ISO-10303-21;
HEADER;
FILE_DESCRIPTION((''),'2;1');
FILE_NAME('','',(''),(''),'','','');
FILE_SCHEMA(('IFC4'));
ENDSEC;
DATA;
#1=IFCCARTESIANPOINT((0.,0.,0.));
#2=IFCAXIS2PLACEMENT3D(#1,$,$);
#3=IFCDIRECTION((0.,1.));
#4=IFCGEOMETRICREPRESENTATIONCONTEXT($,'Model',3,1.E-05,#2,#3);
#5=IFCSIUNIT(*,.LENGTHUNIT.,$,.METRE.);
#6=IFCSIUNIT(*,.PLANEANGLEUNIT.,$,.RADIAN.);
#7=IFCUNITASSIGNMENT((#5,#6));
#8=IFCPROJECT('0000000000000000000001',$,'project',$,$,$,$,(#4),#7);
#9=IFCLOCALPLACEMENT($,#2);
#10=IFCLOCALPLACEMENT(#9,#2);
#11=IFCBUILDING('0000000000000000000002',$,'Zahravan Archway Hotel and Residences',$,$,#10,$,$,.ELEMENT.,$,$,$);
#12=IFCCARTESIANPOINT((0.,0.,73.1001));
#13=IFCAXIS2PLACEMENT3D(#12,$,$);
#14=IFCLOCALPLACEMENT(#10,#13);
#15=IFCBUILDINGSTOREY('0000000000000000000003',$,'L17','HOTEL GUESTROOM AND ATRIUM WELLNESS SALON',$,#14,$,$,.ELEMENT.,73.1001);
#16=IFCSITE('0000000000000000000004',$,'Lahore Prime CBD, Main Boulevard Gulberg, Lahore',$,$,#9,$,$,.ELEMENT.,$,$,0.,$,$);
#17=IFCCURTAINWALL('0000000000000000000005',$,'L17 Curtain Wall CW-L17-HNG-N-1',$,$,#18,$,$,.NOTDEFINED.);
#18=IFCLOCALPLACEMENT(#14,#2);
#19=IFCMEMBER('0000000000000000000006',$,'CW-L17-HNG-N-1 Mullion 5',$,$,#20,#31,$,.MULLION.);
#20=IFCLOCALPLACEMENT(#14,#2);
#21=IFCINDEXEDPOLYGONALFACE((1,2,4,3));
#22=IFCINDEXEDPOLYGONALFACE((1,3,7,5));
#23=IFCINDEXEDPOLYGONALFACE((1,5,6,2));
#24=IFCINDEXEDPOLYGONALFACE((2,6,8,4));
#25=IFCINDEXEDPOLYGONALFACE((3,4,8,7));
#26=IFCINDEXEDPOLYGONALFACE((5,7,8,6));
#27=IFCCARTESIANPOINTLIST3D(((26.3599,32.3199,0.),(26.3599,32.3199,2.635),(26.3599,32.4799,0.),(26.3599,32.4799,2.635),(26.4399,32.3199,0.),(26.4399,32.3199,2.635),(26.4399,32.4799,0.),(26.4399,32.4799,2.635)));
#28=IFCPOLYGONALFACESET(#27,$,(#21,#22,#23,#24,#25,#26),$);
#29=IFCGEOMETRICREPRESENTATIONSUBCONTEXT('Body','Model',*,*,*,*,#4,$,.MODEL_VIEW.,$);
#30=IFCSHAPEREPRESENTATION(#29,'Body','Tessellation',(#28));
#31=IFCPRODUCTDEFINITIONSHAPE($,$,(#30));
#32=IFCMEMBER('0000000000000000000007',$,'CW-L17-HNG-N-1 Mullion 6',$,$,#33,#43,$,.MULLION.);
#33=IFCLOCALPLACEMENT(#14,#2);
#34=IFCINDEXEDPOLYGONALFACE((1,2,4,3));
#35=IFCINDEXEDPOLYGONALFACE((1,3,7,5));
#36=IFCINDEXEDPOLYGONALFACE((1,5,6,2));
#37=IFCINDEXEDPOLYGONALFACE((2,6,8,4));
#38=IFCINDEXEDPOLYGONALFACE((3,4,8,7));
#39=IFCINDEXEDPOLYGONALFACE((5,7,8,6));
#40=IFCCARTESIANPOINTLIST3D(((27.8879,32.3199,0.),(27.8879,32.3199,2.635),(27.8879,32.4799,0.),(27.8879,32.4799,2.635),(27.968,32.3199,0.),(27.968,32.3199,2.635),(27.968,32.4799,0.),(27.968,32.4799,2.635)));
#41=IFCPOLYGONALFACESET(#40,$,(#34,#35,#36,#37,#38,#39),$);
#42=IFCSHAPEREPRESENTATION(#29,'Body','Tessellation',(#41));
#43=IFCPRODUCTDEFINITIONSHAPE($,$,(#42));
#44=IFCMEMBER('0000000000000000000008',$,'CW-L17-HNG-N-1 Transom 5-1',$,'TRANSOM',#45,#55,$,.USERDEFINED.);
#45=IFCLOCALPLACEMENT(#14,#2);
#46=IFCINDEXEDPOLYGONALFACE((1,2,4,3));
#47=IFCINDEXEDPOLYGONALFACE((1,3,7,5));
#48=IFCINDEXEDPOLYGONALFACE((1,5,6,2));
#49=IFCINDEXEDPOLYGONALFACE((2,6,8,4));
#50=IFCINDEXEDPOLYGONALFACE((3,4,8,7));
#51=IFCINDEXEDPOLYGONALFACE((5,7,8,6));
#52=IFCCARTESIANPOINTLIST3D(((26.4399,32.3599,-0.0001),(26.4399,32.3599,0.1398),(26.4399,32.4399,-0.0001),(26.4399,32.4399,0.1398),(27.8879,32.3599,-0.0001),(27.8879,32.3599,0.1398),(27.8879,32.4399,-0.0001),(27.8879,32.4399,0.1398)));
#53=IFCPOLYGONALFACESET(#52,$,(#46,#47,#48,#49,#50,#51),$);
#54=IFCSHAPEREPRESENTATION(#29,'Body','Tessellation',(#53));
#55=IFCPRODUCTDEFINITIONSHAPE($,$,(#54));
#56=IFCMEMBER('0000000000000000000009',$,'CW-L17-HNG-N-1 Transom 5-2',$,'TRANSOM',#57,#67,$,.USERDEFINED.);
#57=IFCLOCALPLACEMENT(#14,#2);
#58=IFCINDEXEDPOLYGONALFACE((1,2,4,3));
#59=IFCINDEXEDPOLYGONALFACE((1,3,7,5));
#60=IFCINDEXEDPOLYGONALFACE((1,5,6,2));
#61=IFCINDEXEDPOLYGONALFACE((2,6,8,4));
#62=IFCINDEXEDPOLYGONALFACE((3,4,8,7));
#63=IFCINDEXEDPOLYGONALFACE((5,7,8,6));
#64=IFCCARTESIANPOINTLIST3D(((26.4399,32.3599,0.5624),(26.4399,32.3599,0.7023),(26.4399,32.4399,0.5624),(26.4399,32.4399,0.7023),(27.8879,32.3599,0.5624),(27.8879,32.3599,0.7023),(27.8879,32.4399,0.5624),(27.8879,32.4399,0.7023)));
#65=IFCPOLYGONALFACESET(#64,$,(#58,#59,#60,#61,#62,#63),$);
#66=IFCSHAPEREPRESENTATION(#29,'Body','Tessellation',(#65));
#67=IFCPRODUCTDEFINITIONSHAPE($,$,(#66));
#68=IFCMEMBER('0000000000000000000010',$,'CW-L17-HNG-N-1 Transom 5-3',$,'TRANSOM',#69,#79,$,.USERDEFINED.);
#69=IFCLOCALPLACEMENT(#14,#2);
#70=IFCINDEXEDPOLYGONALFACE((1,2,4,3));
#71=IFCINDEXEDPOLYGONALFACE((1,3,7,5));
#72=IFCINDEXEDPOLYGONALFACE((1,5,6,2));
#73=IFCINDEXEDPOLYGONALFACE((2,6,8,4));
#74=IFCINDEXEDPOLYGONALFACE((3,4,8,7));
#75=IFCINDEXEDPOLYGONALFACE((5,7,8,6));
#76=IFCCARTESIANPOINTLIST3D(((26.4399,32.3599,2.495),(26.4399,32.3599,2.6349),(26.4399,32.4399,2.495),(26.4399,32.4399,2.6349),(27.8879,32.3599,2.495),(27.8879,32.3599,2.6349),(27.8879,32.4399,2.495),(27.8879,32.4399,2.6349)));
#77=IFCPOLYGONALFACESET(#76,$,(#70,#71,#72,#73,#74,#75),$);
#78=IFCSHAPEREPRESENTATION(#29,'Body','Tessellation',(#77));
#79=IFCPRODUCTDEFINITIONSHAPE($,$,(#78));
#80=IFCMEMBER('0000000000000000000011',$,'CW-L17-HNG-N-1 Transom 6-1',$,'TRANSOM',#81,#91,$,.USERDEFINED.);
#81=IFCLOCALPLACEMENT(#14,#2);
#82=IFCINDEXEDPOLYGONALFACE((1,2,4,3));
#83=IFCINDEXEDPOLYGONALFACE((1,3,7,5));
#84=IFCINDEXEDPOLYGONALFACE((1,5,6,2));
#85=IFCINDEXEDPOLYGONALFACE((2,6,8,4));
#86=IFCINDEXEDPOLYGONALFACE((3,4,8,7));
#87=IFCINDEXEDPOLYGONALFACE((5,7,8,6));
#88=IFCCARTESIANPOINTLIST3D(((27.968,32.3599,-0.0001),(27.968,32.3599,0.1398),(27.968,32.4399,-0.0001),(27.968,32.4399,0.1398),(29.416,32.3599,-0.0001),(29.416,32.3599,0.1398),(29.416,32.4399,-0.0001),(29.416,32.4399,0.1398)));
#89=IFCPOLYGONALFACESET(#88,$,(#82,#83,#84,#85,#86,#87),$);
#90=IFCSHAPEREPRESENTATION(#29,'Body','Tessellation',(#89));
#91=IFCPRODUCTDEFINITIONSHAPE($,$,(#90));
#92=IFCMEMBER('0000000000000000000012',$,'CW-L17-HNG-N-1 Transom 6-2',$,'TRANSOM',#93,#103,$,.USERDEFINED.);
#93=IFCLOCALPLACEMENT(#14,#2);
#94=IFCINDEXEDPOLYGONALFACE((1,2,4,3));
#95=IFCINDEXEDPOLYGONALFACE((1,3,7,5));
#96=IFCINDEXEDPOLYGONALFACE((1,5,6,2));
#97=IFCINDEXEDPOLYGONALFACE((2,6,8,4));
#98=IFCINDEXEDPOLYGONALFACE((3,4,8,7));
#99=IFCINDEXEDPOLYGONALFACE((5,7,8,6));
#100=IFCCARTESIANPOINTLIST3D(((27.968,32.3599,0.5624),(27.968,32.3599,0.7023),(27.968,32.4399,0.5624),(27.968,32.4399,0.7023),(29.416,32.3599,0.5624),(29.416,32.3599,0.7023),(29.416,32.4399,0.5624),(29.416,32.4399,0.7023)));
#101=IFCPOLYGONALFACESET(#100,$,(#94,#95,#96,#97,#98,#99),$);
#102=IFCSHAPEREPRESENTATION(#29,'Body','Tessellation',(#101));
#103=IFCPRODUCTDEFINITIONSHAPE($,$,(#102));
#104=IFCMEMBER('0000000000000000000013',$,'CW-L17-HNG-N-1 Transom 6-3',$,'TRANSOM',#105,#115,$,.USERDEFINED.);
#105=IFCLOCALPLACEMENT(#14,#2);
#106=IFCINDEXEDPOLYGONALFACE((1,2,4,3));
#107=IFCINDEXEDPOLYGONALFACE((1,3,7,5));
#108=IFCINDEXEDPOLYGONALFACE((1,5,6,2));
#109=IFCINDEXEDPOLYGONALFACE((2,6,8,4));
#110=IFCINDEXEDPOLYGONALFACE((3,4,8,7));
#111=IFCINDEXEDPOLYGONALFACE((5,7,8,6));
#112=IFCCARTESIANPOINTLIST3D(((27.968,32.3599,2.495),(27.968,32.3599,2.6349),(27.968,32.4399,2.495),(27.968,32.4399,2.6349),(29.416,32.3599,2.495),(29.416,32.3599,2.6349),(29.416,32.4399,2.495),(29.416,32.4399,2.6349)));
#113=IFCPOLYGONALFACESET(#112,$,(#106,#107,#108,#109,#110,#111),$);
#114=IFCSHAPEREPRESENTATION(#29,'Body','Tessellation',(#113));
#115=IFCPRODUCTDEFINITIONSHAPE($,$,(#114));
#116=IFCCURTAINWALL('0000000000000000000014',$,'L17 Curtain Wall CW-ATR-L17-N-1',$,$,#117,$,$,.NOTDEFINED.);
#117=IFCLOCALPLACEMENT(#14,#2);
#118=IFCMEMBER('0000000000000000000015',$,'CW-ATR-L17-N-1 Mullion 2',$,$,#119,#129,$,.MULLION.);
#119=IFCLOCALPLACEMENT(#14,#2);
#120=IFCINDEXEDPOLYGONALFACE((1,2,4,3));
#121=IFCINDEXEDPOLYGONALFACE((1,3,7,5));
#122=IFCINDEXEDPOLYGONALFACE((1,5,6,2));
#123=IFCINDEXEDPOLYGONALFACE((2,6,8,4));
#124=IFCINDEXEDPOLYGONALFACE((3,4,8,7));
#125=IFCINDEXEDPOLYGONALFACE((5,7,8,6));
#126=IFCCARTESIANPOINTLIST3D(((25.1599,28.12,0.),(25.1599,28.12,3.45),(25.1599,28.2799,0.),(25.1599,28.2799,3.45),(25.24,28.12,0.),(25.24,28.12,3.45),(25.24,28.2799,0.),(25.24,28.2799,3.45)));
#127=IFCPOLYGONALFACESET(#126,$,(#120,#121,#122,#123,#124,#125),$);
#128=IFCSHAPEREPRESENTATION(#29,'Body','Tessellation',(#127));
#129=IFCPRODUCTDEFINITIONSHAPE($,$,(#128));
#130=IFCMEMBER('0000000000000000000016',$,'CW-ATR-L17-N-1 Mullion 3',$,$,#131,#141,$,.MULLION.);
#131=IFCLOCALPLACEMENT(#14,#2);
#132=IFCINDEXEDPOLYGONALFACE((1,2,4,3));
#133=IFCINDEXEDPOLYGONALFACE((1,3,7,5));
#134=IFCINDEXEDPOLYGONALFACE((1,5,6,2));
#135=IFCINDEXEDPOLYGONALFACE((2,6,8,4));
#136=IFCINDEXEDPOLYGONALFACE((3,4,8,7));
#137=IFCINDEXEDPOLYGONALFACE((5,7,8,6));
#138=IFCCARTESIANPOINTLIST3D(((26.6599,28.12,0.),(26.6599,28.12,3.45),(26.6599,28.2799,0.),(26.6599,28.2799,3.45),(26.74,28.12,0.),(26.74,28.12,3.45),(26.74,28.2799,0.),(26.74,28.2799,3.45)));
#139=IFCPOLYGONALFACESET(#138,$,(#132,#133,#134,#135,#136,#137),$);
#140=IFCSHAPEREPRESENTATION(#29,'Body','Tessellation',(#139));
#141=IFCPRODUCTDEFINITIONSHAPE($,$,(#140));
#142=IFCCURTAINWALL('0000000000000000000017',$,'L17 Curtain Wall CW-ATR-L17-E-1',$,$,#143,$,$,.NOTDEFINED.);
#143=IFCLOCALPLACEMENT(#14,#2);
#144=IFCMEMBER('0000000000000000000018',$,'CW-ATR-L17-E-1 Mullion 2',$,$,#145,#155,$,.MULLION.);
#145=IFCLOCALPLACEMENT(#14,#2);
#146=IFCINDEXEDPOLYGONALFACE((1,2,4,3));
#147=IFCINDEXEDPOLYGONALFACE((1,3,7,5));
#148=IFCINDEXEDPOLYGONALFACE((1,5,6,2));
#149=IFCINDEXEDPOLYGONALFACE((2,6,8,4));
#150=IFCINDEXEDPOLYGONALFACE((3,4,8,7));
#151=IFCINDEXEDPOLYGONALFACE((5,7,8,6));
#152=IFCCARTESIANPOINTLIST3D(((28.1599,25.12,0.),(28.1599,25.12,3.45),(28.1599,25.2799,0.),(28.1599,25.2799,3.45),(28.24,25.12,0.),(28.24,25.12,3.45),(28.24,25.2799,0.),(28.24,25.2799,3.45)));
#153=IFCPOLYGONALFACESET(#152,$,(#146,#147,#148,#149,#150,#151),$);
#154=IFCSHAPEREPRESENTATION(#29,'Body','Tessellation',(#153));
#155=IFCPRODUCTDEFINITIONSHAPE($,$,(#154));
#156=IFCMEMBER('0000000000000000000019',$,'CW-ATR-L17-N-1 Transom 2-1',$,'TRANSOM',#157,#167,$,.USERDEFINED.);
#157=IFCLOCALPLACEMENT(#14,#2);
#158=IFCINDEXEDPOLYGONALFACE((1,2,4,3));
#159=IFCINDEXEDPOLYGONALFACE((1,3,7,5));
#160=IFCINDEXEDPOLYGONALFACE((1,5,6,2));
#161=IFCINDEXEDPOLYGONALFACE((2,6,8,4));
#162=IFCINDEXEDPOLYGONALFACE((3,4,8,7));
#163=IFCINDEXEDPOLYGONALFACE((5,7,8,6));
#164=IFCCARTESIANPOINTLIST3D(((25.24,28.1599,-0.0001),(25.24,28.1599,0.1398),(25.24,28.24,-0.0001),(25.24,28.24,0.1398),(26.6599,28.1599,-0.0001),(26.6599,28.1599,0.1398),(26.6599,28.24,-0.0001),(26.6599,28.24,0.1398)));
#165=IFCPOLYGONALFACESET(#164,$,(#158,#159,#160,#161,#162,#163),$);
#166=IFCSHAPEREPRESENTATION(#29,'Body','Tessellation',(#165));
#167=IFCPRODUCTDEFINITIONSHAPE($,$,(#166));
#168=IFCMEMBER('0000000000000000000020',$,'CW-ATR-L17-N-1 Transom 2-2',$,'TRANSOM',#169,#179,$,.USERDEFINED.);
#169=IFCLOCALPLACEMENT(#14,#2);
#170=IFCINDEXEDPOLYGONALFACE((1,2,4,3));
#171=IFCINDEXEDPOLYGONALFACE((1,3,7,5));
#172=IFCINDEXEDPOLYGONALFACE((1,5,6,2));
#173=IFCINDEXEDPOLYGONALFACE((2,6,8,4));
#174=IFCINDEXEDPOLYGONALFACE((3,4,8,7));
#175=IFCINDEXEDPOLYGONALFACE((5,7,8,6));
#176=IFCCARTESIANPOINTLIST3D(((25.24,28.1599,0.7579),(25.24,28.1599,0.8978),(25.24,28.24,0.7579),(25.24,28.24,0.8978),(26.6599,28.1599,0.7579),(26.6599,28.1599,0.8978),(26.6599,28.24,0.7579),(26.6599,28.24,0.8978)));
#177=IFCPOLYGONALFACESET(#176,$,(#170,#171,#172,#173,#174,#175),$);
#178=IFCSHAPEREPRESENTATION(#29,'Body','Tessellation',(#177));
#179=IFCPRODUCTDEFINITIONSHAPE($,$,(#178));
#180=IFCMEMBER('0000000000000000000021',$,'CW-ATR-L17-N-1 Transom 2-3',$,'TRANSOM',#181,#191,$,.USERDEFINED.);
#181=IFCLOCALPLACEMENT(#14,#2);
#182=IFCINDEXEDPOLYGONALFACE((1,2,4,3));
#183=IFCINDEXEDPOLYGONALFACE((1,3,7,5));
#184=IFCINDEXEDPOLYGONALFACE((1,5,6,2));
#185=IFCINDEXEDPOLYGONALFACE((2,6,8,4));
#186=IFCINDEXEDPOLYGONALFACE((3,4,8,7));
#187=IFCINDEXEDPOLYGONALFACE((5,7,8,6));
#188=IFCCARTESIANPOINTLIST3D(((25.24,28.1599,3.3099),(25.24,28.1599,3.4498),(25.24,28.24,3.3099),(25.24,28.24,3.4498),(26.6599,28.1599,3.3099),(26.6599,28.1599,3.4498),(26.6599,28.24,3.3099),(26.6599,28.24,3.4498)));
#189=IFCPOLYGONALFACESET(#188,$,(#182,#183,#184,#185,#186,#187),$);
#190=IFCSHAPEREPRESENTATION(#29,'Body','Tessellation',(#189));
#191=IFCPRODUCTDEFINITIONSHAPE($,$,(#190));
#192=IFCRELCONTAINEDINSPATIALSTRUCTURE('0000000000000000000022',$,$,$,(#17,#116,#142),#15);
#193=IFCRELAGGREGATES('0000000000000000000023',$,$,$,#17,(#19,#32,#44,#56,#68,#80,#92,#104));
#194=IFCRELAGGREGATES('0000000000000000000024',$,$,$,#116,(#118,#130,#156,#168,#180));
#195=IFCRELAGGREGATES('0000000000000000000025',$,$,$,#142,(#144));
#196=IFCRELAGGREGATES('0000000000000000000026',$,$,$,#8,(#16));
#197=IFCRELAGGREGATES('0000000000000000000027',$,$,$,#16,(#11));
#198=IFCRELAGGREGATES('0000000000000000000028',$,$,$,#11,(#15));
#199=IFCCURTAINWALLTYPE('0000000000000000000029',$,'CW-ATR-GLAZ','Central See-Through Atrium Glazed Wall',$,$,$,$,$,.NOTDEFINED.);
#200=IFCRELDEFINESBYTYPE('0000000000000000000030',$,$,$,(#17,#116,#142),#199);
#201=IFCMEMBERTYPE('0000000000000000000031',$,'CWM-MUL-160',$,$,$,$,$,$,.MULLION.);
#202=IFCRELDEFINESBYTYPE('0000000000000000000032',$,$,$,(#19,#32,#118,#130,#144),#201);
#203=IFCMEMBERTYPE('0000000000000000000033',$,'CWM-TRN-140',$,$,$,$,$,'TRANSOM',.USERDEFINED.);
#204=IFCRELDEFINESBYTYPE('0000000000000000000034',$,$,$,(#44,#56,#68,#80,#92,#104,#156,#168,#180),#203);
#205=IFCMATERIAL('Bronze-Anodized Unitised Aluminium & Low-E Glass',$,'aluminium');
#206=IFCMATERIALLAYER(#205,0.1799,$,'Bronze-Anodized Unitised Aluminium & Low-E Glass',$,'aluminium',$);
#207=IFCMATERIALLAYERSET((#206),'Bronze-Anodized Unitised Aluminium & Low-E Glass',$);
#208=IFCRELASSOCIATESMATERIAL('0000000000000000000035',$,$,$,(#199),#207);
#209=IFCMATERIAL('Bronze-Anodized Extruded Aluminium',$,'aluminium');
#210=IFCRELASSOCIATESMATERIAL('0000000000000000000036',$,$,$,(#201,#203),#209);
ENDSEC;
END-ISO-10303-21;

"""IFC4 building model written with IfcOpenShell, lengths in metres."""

from ifc_helpers import new_model, si_unit, direction, frame, origin, origin_2d, place, context, subcontext, project, spatial, rectangle, extrude, source, transform, mapped, material, layer, layer_set, material_profile, profile_set, type_object, element, aggregate, save


model = new_model("IFC4")

# Units and contexts
model_context = context("Model", 3, precision=1e-05, world=origin(), true_north=direction((0.0, 1.0)))
body_context = subcontext(model_context, "Body", "Model", "MODEL_VIEW")
ifc_project = project(units=[si_unit("LENGTHUNIT", "METRE"), si_unit("PLANEANGLEUNIT", "RADIAN")], contexts=[model_context])

# Site, building, storey
site_placement = place(None, origin())
site = spatial("IfcSite", under=ifc_project, at=site_placement, Name="Lahore Prime CBD, Main Boulevard Gulberg, Lahore", CompositionType="ELEMENT", RefElevation=0.0)
building_placement = place(site_placement, origin())
building = spatial("IfcBuilding", under=site, at=building_placement, Name="Zahravan Archway Hotel and Residences", CompositionType="ELEMENT")
storey_placement = place(building_placement, frame((0.0, 0.0, 73.1001)))
storey = spatial("IfcBuildingStorey", under=building, at=storey_placement, Name="L17", Description="HOTEL GUESTROOM AND ATRIUM WELLNESS SALON", CompositionType="ELEMENT", Elevation=73.1001)

# Curtain walls, members
ifc_material_1 = material(Name="Bronze-Anodized Unitised Aluminium & Low-E Glass", Category="aluminium")
ifc_layer_1 = layer(ifc_material_1, 0.1799, Name="Bronze-Anodized Unitised Aluminium & Low-E Glass", Category="aluminium")
ifc_layer_set_1 = layer_set([ifc_layer_1], Name="Bronze-Anodized Unitised Aluminium & Low-E Glass")
curtain_wall_type = type_object("IfcCurtainWallType", Name="CW-ATR-GLAZ", Description="Central See-Through Atrium Glazed Wall", PredefinedType="NOTDEFINED", material=ifc_layer_set_1)
curtain_wall_1_placement = place(storey_placement, origin())
curtain_wall_1 = element("IfcCurtainWall", 1, at=curtain_wall_1_placement, inside=storey, type_object=curtain_wall_type, Name="L17 Curtain Wall CW-L17-HNG-N-1", PredefinedType="NOTDEFINED")
ifc_material_2 = material(Name="Bronze-Anodized Extruded Aluminium", Category="aluminium")
ifc_material_profile_1 = material_profile(ifc_material_2, rectangle(XDim=0.0801, YDim=0.1599, at=origin_2d()), Name="MUL 80x160", Category="aluminium")
ifc_profile_set_1 = profile_set([ifc_material_profile_1], Name="Bronze-Anodized Extruded Aluminium")
member_type_1 = type_object("IfcMemberType", Name="CWM-MUL-160", PredefinedType="MULLION", material=ifc_profile_set_1)
shared_shape_1 = source(origin(), body_context, "Body", "SweptSolid", [
    extrude(rectangle(XDim=0.0801, YDim=0.1599, at=origin_2d()), origin(), (0.0, 0.0, 1.0), 2.635),
])
member_1_placement = place(storey_placement, frame((26.3999, 32.3999, 0.0), z_axis=(0.0, 0.0, 1.0), x_axis=(1.0, 0.0, 0.0)))
member_1 = element("IfcMember", 2, at=member_1_placement, type_object=member_type_1, Name="CW-L17-HNG-N-1 Mullion 5", PredefinedType="MULLION", context=body_context, shape_type="MappedRepresentation", body=[
    mapped(shared_shape_1, transform((0.0, 0.0, 0.0), scale=1.0)),
])
member_2_placement = place(storey_placement, frame((27.928, 32.3999, 0.0), z_axis=(0.0, 0.0, 1.0), x_axis=(1.0, 0.0, 0.0)))
member_2 = element("IfcMember", 3, at=member_2_placement, type_object=member_type_1, Name="CW-L17-HNG-N-1 Mullion 6", PredefinedType="MULLION", context=body_context, shape_type="MappedRepresentation", body=[
    mapped(shared_shape_1, transform((0.0, 0.0, 0.0), scale=1.0)),
])
ifc_material_profile_2 = material_profile(ifc_material_2, rectangle(XDim=0.0801, YDim=0.1399, at=origin_2d()), Name="TRN 80x140", Category="aluminium")
ifc_profile_set_2 = profile_set([ifc_material_profile_2], Name="Bronze-Anodized Extruded Aluminium")
member_type_2 = type_object("IfcMemberType", Name="CWM-TRN-140", ElementType="TRANSOM", PredefinedType="USERDEFINED", material=ifc_profile_set_2)
shared_shape_2 = source(origin(), body_context, "Body", "SweptSolid", [
    extrude(rectangle(XDim=0.0801, YDim=0.1399, at=origin_2d()), origin(), (0.0, 0.0, 1.0), 1.448),
])
member_3_placement = place(storey_placement, frame((26.4399, 32.3999, 0.0698), z_axis=(1.0, 0.0, 0.0), x_axis=(0.0, 1.0, 0.0)))
member_3 = element("IfcMember", 4, at=member_3_placement, type_object=member_type_2, Name="CW-L17-HNG-N-1 Transom 5-1", ObjectType="TRANSOM", PredefinedType="USERDEFINED", context=body_context, shape_type="MappedRepresentation", body=[
    mapped(shared_shape_2, transform((0.0, 0.0, 0.0), scale=1.0)),
])
member_4_placement = place(storey_placement, frame((26.4399, 32.3999, 0.6323), z_axis=(1.0, 0.0, 0.0), x_axis=(0.0, 1.0, 0.0)))
member_4 = element("IfcMember", 5, at=member_4_placement, type_object=member_type_2, Name="CW-L17-HNG-N-1 Transom 5-2", ObjectType="TRANSOM", PredefinedType="USERDEFINED", context=body_context, shape_type="MappedRepresentation", body=[
    mapped(shared_shape_2, transform((0.0, 0.0, 0.0), scale=1.0)),
])
member_5_placement = place(storey_placement, frame((26.4399, 32.3999, 2.5649), z_axis=(1.0, 0.0, 0.0), x_axis=(0.0, 1.0, 0.0)))
member_5 = element("IfcMember", 6, at=member_5_placement, type_object=member_type_2, Name="CW-L17-HNG-N-1 Transom 5-3", ObjectType="TRANSOM", PredefinedType="USERDEFINED", context=body_context, shape_type="MappedRepresentation", body=[
    mapped(shared_shape_2, transform((0.0, 0.0, 0.0), scale=1.0)),
])
member_6_placement = place(storey_placement, frame((27.968, 32.3999, 0.0698), z_axis=(1.0, 0.0, 0.0), x_axis=(0.0, 1.0, 0.0)))
member_6 = element("IfcMember", 7, at=member_6_placement, type_object=member_type_2, Name="CW-L17-HNG-N-1 Transom 6-1", ObjectType="TRANSOM", PredefinedType="USERDEFINED", context=body_context, shape_type="MappedRepresentation", body=[
    mapped(shared_shape_2, transform((0.0, 0.0, 0.0), scale=1.0)),
])
member_7_placement = place(storey_placement, frame((27.968, 32.3999, 0.6323), z_axis=(1.0, 0.0, 0.0), x_axis=(0.0, 1.0, 0.0)))
member_7 = element("IfcMember", 8, at=member_7_placement, type_object=member_type_2, Name="CW-L17-HNG-N-1 Transom 6-2", ObjectType="TRANSOM", PredefinedType="USERDEFINED", context=body_context, shape_type="MappedRepresentation", body=[
    mapped(shared_shape_2, transform((0.0, 0.0, 0.0), scale=1.0)),
])
member_8_placement = place(storey_placement, frame((27.968, 32.3999, 2.5649), z_axis=(1.0, 0.0, 0.0), x_axis=(0.0, 1.0, 0.0)))
member_8 = element("IfcMember", 9, at=member_8_placement, type_object=member_type_2, Name="CW-L17-HNG-N-1 Transom 6-3", ObjectType="TRANSOM", PredefinedType="USERDEFINED", context=body_context, shape_type="MappedRepresentation", body=[
    mapped(shared_shape_2, transform((0.0, 0.0, 0.0), scale=1.0)),
])
curtain_wall_2_placement = place(storey_placement, origin())
curtain_wall_2 = element("IfcCurtainWall", 10, at=curtain_wall_2_placement, inside=storey, type_object=curtain_wall_type, Name="L17 Curtain Wall CW-ATR-L17-N-1", PredefinedType="NOTDEFINED")
shared_shape_3 = source(origin(), body_context, "Body", "SweptSolid", [
    extrude(rectangle(XDim=0.0801, YDim=0.1599, at=origin_2d()), origin(), (0.0, 0.0, 1.0), 3.45),
])
member_9_placement = place(storey_placement, frame((25.2, 28.2, 0.0), z_axis=(0.0, 0.0, 1.0), x_axis=(1.0, 0.0, 0.0)))
member_9 = element("IfcMember", 11, at=member_9_placement, type_object=member_type_1, Name="CW-ATR-L17-N-1 Mullion 2", PredefinedType="MULLION", context=body_context, shape_type="MappedRepresentation", body=[
    mapped(shared_shape_3, transform((0.0, 0.0, 0.0), scale=1.0)),
])
member_10_placement = place(storey_placement, frame((26.7, 28.2, 0.0), z_axis=(0.0, 0.0, 1.0), x_axis=(1.0, 0.0, 0.0)))
member_10 = element("IfcMember", 12, at=member_10_placement, type_object=member_type_1, Name="CW-ATR-L17-N-1 Mullion 3", PredefinedType="MULLION", context=body_context, shape_type="MappedRepresentation", body=[
    mapped(shared_shape_3, transform((0.0, 0.0, 0.0), scale=1.0)),
])

# Curtain wall, member
curtain_wall_3_placement = place(storey_placement, origin())
curtain_wall_3 = element("IfcCurtainWall", 13, at=curtain_wall_3_placement, inside=storey, type_object=curtain_wall_type, Name="L17 Curtain Wall CW-ATR-L17-E-1", PredefinedType="NOTDEFINED")
member_11_placement = place(storey_placement, frame((28.2, 25.2, 0.0), z_axis=(0.0, 0.0, 1.0), x_axis=(1.0, 0.0, 0.0)))
member_11 = element("IfcMember", 14, at=member_11_placement, type_object=member_type_1, Name="CW-ATR-L17-E-1 Mullion 2", PredefinedType="MULLION", context=body_context, shape_type="MappedRepresentation", body=[
    mapped(shared_shape_3, transform((0.0, 0.0, 0.0), scale=1.0)),
])

# Members
shared_shape_4 = source(origin(), body_context, "Body", "SweptSolid", [
    extrude(rectangle(XDim=0.0801, YDim=0.1399, at=origin_2d()), origin(), (0.0, 0.0, 1.0), 1.4199),
])
member_12_placement = place(storey_placement, frame((25.24, 28.2, 0.0698), z_axis=(1.0, 0.0, 0.0), x_axis=(0.0, 1.0, 0.0)))
member_12 = element("IfcMember", 15, at=member_12_placement, type_object=member_type_2, Name="CW-ATR-L17-N-1 Transom 2-1", ObjectType="TRANSOM", PredefinedType="USERDEFINED", context=body_context, shape_type="MappedRepresentation", body=[
    mapped(shared_shape_4, transform((0.0, 0.0, 0.0), scale=1.0)),
])
member_13_placement = place(storey_placement, frame((25.24, 28.2, 0.8279), z_axis=(1.0, 0.0, 0.0), x_axis=(0.0, 1.0, 0.0)))
member_13 = element("IfcMember", 16, at=member_13_placement, type_object=member_type_2, Name="CW-ATR-L17-N-1 Transom 2-2", ObjectType="TRANSOM", PredefinedType="USERDEFINED", context=body_context, shape_type="MappedRepresentation", body=[
    mapped(shared_shape_4, transform((0.0, 0.0, 0.0), scale=1.0)),
])
member_14_placement = place(storey_placement, frame((25.24, 28.2, 3.3799), z_axis=(1.0, 0.0, 0.0), x_axis=(0.0, 1.0, 0.0)))
member_14 = element("IfcMember", 17, at=member_14_placement, type_object=member_type_2, Name="CW-ATR-L17-N-1 Transom 2-3", ObjectType="TRANSOM", PredefinedType="USERDEFINED", context=body_context, shape_type="MappedRepresentation", body=[
    mapped(shared_shape_4, transform((0.0, 0.0, 0.0), scale=1.0)),
])

aggregate(curtain_wall_1, [member_1, member_2, member_3, member_4, member_5, member_6, member_7, member_8])
aggregate(curtain_wall_2, [member_9, member_10, member_12, member_13, member_14])
aggregate(curtain_wall_3, [member_11])

save(model, "model.ifc")
